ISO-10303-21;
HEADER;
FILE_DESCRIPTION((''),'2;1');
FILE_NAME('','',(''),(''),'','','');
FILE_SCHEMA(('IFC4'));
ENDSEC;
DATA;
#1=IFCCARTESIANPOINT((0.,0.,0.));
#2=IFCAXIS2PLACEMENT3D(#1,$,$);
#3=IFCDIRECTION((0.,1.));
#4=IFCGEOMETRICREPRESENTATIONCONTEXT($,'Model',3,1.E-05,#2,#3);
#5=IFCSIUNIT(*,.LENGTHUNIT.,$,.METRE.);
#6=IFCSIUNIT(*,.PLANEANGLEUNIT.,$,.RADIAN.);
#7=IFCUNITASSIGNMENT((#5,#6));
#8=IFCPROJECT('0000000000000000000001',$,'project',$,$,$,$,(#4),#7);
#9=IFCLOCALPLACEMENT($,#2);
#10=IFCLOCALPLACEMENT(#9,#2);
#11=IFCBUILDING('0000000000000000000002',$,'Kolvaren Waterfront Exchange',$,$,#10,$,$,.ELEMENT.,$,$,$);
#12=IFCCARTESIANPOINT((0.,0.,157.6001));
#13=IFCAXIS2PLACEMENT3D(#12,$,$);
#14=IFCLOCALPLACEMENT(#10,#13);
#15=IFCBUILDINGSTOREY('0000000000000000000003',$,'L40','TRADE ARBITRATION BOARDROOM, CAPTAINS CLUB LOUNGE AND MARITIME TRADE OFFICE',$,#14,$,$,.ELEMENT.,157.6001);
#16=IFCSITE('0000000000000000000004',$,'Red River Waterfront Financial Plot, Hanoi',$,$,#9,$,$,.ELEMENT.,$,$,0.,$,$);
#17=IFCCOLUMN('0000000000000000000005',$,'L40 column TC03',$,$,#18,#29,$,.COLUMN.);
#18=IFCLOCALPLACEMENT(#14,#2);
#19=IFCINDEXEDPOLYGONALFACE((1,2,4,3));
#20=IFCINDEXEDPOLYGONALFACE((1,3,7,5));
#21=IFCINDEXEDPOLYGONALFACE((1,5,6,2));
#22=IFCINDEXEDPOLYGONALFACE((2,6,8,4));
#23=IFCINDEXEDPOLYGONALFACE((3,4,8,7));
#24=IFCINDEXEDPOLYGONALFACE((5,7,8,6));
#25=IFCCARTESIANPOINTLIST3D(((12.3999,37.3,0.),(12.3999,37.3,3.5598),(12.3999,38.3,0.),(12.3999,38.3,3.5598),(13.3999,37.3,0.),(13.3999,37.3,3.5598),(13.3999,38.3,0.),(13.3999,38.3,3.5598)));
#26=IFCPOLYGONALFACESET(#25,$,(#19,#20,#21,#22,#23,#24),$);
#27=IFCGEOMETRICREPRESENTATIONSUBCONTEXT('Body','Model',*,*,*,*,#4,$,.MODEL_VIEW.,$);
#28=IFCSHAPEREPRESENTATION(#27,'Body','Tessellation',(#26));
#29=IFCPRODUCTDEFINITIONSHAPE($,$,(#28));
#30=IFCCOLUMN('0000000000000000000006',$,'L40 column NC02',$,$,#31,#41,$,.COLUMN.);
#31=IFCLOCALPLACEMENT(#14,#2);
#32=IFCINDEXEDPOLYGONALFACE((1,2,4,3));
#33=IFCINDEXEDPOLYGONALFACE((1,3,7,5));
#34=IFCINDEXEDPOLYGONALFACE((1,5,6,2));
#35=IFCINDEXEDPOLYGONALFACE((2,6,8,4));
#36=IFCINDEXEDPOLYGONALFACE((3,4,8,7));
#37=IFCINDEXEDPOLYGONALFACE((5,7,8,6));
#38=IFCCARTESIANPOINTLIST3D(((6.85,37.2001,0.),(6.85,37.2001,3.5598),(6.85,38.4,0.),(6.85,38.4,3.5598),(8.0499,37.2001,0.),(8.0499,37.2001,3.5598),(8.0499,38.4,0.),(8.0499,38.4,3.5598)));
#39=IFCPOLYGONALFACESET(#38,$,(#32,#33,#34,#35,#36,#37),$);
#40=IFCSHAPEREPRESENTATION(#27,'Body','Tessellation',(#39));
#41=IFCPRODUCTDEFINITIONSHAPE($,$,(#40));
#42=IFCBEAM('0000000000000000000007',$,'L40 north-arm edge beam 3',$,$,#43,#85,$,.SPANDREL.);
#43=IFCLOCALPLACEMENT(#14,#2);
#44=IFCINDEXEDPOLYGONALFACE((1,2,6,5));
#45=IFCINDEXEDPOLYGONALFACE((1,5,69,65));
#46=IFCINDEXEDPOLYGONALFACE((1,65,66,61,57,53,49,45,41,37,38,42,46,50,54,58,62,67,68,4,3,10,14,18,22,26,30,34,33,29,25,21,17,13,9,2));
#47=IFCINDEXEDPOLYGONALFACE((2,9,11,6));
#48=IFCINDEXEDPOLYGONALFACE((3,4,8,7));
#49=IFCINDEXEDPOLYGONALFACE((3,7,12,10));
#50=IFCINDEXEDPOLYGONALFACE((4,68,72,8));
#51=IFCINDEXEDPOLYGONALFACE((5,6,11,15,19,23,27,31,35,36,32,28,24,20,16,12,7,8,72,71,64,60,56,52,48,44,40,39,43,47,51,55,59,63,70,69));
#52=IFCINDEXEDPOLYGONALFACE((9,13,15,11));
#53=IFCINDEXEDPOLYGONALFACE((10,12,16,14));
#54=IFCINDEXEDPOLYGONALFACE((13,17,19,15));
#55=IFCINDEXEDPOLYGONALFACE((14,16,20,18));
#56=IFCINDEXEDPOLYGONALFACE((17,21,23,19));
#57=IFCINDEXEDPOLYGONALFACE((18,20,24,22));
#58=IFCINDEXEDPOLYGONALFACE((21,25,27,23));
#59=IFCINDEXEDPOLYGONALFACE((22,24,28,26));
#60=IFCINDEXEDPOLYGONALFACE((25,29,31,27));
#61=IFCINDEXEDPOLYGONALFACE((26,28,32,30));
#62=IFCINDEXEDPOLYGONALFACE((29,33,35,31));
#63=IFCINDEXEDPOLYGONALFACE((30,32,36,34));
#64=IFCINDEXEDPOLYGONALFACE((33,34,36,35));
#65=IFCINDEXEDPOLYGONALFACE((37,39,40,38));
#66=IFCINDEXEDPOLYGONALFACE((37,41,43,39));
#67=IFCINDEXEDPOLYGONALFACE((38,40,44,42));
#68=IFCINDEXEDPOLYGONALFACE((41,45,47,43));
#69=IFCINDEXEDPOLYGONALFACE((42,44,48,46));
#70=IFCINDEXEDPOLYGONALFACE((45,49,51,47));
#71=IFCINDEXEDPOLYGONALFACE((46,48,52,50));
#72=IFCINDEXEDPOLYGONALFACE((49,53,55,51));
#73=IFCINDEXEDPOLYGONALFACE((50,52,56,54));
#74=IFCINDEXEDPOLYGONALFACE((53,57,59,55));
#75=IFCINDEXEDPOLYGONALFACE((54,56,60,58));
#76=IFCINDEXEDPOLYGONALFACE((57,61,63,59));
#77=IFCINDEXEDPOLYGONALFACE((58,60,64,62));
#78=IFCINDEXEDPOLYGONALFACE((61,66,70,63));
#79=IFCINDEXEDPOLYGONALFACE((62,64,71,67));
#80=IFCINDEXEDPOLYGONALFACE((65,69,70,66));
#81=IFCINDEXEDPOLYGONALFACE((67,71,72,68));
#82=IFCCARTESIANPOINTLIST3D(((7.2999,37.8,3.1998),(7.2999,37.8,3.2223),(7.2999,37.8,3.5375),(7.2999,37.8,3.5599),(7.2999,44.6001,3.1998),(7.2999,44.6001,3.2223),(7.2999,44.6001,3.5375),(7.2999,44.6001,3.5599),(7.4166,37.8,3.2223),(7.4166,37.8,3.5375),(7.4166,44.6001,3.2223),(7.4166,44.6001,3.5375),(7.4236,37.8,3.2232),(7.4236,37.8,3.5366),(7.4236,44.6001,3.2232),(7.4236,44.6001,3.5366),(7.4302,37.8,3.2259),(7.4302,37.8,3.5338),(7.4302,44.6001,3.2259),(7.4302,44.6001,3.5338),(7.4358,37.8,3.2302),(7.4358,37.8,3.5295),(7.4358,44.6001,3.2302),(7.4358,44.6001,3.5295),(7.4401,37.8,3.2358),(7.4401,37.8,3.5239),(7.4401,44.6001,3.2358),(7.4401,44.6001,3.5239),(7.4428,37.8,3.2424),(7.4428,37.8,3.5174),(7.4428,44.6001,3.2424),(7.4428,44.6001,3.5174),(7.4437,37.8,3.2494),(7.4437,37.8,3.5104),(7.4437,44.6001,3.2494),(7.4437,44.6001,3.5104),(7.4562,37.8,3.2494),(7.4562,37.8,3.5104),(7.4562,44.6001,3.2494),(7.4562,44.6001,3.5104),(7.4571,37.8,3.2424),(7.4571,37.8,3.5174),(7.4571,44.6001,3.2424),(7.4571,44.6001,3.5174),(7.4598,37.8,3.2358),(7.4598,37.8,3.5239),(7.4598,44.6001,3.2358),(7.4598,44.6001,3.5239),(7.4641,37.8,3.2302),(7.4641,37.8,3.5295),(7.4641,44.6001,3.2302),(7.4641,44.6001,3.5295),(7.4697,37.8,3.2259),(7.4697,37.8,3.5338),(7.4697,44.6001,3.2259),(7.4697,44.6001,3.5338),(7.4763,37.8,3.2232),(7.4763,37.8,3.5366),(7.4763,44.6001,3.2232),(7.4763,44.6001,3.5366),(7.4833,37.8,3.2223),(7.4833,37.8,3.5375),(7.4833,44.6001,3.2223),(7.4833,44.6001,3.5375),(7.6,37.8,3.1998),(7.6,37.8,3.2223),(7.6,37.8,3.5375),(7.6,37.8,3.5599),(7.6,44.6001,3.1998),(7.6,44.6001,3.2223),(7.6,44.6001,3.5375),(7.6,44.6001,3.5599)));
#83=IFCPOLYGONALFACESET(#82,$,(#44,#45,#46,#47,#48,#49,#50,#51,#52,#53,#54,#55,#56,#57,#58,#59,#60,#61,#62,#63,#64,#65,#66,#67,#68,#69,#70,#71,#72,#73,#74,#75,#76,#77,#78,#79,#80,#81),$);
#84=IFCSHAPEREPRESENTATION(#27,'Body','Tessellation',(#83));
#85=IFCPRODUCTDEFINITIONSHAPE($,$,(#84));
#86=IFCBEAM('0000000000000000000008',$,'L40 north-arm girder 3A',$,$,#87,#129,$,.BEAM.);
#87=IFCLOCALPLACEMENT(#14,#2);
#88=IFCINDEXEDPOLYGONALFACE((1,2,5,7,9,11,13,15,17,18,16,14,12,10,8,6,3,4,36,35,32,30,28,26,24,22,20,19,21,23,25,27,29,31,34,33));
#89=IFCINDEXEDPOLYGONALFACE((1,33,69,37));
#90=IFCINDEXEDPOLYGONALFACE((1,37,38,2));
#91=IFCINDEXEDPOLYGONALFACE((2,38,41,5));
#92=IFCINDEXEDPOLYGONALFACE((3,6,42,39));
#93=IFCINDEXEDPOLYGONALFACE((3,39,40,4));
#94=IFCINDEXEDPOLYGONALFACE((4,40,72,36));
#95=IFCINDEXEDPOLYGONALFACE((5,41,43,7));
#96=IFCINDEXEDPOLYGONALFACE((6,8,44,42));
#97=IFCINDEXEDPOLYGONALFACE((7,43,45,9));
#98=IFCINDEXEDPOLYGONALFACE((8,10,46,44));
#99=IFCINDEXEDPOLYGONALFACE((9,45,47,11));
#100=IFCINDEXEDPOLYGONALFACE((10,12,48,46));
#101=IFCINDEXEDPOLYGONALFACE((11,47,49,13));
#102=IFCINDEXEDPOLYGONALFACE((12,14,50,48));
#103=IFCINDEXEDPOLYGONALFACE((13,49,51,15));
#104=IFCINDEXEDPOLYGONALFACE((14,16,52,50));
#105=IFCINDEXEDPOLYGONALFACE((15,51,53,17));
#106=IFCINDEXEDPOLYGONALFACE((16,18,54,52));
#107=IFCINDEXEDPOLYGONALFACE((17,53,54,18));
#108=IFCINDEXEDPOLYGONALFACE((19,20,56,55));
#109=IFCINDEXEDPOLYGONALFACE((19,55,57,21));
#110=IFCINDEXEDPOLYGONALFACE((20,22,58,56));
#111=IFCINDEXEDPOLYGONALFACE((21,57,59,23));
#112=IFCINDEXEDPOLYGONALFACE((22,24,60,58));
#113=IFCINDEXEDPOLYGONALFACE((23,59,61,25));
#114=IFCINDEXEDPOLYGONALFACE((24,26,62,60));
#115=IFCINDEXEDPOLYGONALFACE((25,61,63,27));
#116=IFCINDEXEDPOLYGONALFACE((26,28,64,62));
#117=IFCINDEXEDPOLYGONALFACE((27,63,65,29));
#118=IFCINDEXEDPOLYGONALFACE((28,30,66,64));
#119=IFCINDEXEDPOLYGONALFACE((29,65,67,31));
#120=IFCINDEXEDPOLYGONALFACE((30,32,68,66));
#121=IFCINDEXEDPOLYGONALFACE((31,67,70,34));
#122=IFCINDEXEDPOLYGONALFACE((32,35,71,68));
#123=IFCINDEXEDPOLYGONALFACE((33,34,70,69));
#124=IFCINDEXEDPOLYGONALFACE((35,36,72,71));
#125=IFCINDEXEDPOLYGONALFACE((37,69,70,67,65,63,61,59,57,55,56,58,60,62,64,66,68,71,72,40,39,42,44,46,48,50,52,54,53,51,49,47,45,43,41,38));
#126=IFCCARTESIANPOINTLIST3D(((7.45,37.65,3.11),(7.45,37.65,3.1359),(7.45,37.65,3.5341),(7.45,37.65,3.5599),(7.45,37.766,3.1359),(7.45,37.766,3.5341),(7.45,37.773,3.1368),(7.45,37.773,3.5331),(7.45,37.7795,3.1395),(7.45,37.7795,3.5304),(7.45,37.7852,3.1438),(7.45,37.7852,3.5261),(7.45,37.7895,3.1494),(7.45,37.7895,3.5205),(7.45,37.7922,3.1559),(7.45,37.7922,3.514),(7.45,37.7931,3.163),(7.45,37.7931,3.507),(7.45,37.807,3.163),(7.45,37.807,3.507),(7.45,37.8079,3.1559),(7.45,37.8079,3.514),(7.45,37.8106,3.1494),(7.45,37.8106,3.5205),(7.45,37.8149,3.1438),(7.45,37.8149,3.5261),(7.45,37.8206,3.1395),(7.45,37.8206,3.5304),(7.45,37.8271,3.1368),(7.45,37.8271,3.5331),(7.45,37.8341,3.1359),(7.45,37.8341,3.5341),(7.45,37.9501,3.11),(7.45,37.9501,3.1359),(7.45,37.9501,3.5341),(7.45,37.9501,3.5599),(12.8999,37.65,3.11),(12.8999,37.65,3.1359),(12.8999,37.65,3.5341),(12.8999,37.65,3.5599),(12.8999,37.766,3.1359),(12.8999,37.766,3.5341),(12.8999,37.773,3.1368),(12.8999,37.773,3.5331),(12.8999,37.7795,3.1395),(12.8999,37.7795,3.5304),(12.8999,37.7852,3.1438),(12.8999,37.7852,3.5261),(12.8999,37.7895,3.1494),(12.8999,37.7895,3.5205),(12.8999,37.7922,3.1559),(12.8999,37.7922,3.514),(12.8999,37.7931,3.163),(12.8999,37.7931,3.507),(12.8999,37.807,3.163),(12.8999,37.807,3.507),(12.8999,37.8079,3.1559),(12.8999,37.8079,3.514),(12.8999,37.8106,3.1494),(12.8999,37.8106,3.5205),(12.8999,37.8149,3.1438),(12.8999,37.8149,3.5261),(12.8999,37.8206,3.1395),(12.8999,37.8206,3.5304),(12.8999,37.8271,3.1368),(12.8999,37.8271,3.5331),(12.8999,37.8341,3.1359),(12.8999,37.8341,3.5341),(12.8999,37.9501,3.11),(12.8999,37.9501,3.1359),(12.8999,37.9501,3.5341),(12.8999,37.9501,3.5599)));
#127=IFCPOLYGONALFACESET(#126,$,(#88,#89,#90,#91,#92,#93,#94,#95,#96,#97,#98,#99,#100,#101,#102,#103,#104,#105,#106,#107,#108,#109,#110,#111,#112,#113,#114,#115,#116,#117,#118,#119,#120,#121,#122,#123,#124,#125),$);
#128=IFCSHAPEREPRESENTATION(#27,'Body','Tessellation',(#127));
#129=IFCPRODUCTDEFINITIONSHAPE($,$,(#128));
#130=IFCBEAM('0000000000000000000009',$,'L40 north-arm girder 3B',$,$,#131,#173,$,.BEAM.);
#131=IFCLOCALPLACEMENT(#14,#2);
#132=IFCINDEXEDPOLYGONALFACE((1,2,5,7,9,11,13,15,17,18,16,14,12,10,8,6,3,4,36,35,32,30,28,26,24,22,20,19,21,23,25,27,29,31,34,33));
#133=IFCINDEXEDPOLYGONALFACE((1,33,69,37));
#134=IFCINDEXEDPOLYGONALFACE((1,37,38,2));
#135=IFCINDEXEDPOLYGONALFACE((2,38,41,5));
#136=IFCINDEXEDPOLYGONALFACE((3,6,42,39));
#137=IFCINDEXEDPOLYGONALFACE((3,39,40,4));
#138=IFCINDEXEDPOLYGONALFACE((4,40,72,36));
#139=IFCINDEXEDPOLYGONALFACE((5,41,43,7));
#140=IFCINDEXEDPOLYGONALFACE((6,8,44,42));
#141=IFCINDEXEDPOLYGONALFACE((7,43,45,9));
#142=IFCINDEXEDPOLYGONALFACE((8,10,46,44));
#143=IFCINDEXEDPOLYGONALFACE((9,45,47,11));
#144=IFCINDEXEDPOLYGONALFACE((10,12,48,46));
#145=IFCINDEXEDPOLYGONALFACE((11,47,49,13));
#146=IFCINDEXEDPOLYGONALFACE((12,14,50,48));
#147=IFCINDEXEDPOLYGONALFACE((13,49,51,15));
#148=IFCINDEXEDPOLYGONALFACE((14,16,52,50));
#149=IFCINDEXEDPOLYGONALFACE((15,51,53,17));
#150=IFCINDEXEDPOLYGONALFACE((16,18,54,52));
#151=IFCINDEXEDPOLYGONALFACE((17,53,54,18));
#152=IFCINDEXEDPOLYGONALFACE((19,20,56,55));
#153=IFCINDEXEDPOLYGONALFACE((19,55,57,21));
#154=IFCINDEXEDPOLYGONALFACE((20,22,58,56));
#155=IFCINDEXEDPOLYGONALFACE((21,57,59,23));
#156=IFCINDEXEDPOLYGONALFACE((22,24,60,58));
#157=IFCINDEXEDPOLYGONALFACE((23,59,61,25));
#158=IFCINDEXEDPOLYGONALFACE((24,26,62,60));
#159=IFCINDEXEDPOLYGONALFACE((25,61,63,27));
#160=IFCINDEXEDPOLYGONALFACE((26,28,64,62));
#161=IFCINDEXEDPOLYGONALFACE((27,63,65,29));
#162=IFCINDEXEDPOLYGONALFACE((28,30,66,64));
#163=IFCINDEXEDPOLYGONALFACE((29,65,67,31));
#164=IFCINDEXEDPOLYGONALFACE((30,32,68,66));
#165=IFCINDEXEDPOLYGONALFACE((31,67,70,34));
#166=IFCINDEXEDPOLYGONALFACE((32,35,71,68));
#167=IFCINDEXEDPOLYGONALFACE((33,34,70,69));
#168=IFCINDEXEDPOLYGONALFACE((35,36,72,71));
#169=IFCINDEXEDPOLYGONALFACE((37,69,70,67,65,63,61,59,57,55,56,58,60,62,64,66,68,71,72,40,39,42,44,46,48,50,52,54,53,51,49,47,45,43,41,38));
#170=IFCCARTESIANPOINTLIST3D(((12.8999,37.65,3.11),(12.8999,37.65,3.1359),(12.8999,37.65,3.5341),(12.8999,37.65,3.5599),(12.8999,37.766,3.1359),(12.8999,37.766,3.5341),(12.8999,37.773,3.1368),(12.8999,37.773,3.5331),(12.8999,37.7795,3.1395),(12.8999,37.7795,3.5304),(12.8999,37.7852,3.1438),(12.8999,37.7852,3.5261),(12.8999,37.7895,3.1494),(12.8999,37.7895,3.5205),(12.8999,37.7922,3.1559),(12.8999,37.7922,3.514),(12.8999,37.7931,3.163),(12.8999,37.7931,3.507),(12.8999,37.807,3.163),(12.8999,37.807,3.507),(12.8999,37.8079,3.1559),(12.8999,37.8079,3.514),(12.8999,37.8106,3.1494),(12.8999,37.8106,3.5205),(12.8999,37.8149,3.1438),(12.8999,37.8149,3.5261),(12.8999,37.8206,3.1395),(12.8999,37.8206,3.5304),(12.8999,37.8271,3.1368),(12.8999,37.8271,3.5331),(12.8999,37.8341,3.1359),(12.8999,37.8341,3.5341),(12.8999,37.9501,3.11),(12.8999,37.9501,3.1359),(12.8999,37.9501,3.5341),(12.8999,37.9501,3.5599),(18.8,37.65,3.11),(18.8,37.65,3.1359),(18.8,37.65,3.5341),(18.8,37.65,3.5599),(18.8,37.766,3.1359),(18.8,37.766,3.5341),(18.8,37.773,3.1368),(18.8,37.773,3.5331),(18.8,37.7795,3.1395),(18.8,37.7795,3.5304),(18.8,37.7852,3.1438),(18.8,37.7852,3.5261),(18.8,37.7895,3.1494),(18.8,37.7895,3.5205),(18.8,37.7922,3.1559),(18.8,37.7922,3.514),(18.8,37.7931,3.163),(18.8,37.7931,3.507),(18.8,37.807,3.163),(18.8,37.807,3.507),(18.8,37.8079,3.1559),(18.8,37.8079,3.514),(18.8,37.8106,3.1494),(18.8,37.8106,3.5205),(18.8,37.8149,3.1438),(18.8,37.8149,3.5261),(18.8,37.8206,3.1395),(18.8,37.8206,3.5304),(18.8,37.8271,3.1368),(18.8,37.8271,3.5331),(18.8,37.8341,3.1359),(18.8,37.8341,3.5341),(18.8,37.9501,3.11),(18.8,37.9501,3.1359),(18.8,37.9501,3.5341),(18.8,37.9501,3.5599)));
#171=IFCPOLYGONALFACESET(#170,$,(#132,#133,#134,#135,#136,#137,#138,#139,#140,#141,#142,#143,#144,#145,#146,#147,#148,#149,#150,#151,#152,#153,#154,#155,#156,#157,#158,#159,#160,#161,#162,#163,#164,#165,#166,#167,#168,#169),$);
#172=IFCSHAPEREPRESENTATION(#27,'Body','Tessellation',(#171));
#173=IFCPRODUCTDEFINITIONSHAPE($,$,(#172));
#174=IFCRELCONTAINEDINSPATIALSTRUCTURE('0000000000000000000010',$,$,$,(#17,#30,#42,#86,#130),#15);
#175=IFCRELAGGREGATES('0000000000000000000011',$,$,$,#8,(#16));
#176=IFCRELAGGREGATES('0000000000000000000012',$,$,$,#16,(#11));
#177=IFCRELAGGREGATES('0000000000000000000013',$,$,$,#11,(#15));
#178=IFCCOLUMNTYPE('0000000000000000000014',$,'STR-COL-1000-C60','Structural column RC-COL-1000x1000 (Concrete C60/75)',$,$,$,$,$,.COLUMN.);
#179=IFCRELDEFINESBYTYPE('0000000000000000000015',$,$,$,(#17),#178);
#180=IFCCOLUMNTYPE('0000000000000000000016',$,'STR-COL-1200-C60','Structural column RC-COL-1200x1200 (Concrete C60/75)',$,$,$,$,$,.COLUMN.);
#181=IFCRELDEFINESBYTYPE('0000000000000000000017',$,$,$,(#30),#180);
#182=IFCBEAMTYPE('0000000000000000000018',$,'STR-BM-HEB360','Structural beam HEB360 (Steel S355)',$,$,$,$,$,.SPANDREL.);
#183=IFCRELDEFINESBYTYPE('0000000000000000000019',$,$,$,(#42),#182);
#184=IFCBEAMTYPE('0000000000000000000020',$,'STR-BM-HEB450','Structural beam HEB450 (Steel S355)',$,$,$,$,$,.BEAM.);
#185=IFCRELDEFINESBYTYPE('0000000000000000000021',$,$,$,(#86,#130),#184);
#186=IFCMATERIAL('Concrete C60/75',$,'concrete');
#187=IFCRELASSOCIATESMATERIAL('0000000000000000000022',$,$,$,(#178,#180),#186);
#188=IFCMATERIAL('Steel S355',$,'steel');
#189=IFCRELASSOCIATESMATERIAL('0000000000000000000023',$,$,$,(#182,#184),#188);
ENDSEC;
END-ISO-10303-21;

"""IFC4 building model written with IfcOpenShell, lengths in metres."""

from ifc_helpers import new_model, si_unit, direction, frame, origin, origin_2d, place, context, subcontext, project, spatial, rectangle, i_section, extrude, material, material_profile, profile_set, type_object, element, save


model = new_model("IFC4")

# Units and contexts
model_context = context("Model", 3, precision=1e-05, world=origin(), true_north=direction((0.0, 1.0)))
body_context = subcontext(model_context, "Body", "Model", "MODEL_VIEW")
ifc_project = project(units=[si_unit("LENGTHUNIT", "METRE"), si_unit("PLANEANGLEUNIT", "RADIAN")], contexts=[model_context])

# Site, building, storey
site_placement = place(None, origin())
site = spatial("IfcSite", under=ifc_project, at=site_placement, Name="Red River Waterfront Financial Plot, Hanoi", CompositionType="ELEMENT", RefElevation=0.0)
building_placement = place(site_placement, origin())
building = spatial("IfcBuilding", under=site, at=building_placement, Name="Kolvaren Waterfront Exchange", CompositionType="ELEMENT")
storey_placement = place(building_placement, frame((0.0, 0.0, 157.6001)))
storey = spatial("IfcBuildingStorey", under=building, at=storey_placement, Name="L40", Description="TRADE ARBITRATION BOARDROOM, CAPTAINS CLUB LOUNGE AND MARITIME TRADE OFFICE", CompositionType="ELEMENT", Elevation=157.6001)

# Columns
ifc_material_1 = material(Name="Concrete C60/75", Category="concrete")
ifc_material_profile_1 = material_profile(ifc_material_1, rectangle(XDim=1.0, YDim=1.0, at=origin_2d()), Name="RC-COL-1000x1000")
ifc_profile_set_1 = profile_set([ifc_material_profile_1], Name="Concrete C60/75")
column_type_1 = type_object("IfcColumnType", Name="STR-COL-1000-C60", Description="Structural column RC-COL-1000x1000 (Concrete C60/75)", PredefinedType="COLUMN", material=ifc_profile_set_1)
column_1_placement = place(storey_placement, frame((12.8999, 37.8, 0.0), z_axis=(0.0, 0.0, 1.0), x_axis=(1.0, 0.0, 0.0)))
element("IfcColumn", 1, at=column_1_placement, inside=storey, type_object=column_type_1, Name="L40 column TC03", PredefinedType="COLUMN", context=body_context, shape_type="SweptSolid", body=[
    extrude(rectangle(XDim=1.0, YDim=1.0, at=origin_2d()), origin(), (0.0, 0.0, 1.0), 3.5598),
])
ifc_material_profile_2 = material_profile(ifc_material_1, rectangle(XDim=1.2, YDim=1.2, at=origin_2d()), Name="RC-COL-1200x1200")
ifc_profile_set_2 = profile_set([ifc_material_profile_2], Name="Concrete C60/75")
column_type_2 = type_object("IfcColumnType", Name="STR-COL-1200-C60", Description="Structural column RC-COL-1200x1200 (Concrete C60/75)", PredefinedType="COLUMN", material=ifc_profile_set_2)
column_2_placement = place(storey_placement, frame((7.45, 37.8, 0.0), z_axis=(0.0, 0.0, 1.0), x_axis=(1.0, 0.0, 0.0)))
element("IfcColumn", 2, at=column_2_placement, inside=storey, type_object=column_type_2, Name="L40 column NC02", PredefinedType="COLUMN", context=body_context, shape_type="SweptSolid", body=[
    extrude(rectangle(XDim=1.2, YDim=1.2, at=origin_2d()), origin(), (0.0, 0.0, 1.0), 3.5598),
])

# Beams
ifc_material_2 = material(Name="Steel S355", Category="steel")
ifc_material_profile_3 = material_profile(ifc_material_2, i_section(OverallWidth=0.3, OverallDepth=0.3601, WebThickness=0.0125, FlangeThickness=0.0225, FilletRadius=0.0271, at=origin_2d()), Name="HEB360")
ifc_profile_set_3 = profile_set([ifc_material_profile_3], Name="Steel S355")
beam_type_1 = type_object("IfcBeamType", Name="STR-BM-HEB360", Description="Structural beam HEB360 (Steel S355)", PredefinedType="SPANDREL", material=ifc_profile_set_3)
beam_1_placement = place(storey_placement, frame((7.45, 37.8, 3.3799), z_axis=(0.0, 1.0, 0.0), x_axis=(-1.0, 0.0, 0.0)))
element("IfcBeam", 3, at=beam_1_placement, inside=storey, type_object=beam_type_1, Name="L40 north-arm edge beam 3", PredefinedType="SPANDREL", context=body_context, shape_type="SweptSolid", body=[
    extrude(i_section(OverallWidth=0.3, OverallDepth=0.3601, WebThickness=0.0125, FlangeThickness=0.0225, FilletRadius=0.0271, at=origin_2d()), origin(), (0.0, 0.0, 1.0), 6.8),
])
ifc_material_profile_4 = material_profile(ifc_material_2, i_section(OverallWidth=0.3, OverallDepth=0.45, WebThickness=0.0139, FlangeThickness=0.0259, FilletRadius=0.0271, at=origin_2d()), Name="HEB450")
ifc_profile_set_4 = profile_set([ifc_material_profile_4], Name="Steel S355")
beam_type_2 = type_object("IfcBeamType", Name="STR-BM-HEB450", Description="Structural beam HEB450 (Steel S355)", PredefinedType="BEAM", material=ifc_profile_set_4)
beam_2_placement = place(storey_placement, frame((7.45, 37.8, 3.335), z_axis=(1.0, 0.0, 0.0), x_axis=(0.0, 1.0, 0.0)))
element("IfcBeam", 4, at=beam_2_placement, inside=storey, type_object=beam_type_2, Name="L40 north-arm girder 3A", PredefinedType="BEAM", context=body_context, shape_type="SweptSolid", body=[
    extrude(i_section(OverallWidth=0.3, OverallDepth=0.45, WebThickness=0.0139, FlangeThickness=0.0259, FilletRadius=0.0271, at=origin_2d()), origin(), (0.0, 0.0, 1.0), 5.45),
])
beam_3_placement = place(storey_placement, frame((12.8999, 37.8, 3.335), z_axis=(1.0, 0.0, 0.0), x_axis=(0.0, 1.0, 0.0)))
element("IfcBeam", 5, at=beam_3_placement, inside=storey, type_object=beam_type_2, Name="L40 north-arm girder 3B", PredefinedType="BEAM", context=body_context, shape_type="SweptSolid", body=[
    extrude(i_section(OverallWidth=0.3, OverallDepth=0.45, WebThickness=0.0139, FlangeThickness=0.0259, FilletRadius=0.0271, at=origin_2d()), origin(), (0.0, 0.0, 1.0), 5.9001),
])

save(model, "model.ifc")
